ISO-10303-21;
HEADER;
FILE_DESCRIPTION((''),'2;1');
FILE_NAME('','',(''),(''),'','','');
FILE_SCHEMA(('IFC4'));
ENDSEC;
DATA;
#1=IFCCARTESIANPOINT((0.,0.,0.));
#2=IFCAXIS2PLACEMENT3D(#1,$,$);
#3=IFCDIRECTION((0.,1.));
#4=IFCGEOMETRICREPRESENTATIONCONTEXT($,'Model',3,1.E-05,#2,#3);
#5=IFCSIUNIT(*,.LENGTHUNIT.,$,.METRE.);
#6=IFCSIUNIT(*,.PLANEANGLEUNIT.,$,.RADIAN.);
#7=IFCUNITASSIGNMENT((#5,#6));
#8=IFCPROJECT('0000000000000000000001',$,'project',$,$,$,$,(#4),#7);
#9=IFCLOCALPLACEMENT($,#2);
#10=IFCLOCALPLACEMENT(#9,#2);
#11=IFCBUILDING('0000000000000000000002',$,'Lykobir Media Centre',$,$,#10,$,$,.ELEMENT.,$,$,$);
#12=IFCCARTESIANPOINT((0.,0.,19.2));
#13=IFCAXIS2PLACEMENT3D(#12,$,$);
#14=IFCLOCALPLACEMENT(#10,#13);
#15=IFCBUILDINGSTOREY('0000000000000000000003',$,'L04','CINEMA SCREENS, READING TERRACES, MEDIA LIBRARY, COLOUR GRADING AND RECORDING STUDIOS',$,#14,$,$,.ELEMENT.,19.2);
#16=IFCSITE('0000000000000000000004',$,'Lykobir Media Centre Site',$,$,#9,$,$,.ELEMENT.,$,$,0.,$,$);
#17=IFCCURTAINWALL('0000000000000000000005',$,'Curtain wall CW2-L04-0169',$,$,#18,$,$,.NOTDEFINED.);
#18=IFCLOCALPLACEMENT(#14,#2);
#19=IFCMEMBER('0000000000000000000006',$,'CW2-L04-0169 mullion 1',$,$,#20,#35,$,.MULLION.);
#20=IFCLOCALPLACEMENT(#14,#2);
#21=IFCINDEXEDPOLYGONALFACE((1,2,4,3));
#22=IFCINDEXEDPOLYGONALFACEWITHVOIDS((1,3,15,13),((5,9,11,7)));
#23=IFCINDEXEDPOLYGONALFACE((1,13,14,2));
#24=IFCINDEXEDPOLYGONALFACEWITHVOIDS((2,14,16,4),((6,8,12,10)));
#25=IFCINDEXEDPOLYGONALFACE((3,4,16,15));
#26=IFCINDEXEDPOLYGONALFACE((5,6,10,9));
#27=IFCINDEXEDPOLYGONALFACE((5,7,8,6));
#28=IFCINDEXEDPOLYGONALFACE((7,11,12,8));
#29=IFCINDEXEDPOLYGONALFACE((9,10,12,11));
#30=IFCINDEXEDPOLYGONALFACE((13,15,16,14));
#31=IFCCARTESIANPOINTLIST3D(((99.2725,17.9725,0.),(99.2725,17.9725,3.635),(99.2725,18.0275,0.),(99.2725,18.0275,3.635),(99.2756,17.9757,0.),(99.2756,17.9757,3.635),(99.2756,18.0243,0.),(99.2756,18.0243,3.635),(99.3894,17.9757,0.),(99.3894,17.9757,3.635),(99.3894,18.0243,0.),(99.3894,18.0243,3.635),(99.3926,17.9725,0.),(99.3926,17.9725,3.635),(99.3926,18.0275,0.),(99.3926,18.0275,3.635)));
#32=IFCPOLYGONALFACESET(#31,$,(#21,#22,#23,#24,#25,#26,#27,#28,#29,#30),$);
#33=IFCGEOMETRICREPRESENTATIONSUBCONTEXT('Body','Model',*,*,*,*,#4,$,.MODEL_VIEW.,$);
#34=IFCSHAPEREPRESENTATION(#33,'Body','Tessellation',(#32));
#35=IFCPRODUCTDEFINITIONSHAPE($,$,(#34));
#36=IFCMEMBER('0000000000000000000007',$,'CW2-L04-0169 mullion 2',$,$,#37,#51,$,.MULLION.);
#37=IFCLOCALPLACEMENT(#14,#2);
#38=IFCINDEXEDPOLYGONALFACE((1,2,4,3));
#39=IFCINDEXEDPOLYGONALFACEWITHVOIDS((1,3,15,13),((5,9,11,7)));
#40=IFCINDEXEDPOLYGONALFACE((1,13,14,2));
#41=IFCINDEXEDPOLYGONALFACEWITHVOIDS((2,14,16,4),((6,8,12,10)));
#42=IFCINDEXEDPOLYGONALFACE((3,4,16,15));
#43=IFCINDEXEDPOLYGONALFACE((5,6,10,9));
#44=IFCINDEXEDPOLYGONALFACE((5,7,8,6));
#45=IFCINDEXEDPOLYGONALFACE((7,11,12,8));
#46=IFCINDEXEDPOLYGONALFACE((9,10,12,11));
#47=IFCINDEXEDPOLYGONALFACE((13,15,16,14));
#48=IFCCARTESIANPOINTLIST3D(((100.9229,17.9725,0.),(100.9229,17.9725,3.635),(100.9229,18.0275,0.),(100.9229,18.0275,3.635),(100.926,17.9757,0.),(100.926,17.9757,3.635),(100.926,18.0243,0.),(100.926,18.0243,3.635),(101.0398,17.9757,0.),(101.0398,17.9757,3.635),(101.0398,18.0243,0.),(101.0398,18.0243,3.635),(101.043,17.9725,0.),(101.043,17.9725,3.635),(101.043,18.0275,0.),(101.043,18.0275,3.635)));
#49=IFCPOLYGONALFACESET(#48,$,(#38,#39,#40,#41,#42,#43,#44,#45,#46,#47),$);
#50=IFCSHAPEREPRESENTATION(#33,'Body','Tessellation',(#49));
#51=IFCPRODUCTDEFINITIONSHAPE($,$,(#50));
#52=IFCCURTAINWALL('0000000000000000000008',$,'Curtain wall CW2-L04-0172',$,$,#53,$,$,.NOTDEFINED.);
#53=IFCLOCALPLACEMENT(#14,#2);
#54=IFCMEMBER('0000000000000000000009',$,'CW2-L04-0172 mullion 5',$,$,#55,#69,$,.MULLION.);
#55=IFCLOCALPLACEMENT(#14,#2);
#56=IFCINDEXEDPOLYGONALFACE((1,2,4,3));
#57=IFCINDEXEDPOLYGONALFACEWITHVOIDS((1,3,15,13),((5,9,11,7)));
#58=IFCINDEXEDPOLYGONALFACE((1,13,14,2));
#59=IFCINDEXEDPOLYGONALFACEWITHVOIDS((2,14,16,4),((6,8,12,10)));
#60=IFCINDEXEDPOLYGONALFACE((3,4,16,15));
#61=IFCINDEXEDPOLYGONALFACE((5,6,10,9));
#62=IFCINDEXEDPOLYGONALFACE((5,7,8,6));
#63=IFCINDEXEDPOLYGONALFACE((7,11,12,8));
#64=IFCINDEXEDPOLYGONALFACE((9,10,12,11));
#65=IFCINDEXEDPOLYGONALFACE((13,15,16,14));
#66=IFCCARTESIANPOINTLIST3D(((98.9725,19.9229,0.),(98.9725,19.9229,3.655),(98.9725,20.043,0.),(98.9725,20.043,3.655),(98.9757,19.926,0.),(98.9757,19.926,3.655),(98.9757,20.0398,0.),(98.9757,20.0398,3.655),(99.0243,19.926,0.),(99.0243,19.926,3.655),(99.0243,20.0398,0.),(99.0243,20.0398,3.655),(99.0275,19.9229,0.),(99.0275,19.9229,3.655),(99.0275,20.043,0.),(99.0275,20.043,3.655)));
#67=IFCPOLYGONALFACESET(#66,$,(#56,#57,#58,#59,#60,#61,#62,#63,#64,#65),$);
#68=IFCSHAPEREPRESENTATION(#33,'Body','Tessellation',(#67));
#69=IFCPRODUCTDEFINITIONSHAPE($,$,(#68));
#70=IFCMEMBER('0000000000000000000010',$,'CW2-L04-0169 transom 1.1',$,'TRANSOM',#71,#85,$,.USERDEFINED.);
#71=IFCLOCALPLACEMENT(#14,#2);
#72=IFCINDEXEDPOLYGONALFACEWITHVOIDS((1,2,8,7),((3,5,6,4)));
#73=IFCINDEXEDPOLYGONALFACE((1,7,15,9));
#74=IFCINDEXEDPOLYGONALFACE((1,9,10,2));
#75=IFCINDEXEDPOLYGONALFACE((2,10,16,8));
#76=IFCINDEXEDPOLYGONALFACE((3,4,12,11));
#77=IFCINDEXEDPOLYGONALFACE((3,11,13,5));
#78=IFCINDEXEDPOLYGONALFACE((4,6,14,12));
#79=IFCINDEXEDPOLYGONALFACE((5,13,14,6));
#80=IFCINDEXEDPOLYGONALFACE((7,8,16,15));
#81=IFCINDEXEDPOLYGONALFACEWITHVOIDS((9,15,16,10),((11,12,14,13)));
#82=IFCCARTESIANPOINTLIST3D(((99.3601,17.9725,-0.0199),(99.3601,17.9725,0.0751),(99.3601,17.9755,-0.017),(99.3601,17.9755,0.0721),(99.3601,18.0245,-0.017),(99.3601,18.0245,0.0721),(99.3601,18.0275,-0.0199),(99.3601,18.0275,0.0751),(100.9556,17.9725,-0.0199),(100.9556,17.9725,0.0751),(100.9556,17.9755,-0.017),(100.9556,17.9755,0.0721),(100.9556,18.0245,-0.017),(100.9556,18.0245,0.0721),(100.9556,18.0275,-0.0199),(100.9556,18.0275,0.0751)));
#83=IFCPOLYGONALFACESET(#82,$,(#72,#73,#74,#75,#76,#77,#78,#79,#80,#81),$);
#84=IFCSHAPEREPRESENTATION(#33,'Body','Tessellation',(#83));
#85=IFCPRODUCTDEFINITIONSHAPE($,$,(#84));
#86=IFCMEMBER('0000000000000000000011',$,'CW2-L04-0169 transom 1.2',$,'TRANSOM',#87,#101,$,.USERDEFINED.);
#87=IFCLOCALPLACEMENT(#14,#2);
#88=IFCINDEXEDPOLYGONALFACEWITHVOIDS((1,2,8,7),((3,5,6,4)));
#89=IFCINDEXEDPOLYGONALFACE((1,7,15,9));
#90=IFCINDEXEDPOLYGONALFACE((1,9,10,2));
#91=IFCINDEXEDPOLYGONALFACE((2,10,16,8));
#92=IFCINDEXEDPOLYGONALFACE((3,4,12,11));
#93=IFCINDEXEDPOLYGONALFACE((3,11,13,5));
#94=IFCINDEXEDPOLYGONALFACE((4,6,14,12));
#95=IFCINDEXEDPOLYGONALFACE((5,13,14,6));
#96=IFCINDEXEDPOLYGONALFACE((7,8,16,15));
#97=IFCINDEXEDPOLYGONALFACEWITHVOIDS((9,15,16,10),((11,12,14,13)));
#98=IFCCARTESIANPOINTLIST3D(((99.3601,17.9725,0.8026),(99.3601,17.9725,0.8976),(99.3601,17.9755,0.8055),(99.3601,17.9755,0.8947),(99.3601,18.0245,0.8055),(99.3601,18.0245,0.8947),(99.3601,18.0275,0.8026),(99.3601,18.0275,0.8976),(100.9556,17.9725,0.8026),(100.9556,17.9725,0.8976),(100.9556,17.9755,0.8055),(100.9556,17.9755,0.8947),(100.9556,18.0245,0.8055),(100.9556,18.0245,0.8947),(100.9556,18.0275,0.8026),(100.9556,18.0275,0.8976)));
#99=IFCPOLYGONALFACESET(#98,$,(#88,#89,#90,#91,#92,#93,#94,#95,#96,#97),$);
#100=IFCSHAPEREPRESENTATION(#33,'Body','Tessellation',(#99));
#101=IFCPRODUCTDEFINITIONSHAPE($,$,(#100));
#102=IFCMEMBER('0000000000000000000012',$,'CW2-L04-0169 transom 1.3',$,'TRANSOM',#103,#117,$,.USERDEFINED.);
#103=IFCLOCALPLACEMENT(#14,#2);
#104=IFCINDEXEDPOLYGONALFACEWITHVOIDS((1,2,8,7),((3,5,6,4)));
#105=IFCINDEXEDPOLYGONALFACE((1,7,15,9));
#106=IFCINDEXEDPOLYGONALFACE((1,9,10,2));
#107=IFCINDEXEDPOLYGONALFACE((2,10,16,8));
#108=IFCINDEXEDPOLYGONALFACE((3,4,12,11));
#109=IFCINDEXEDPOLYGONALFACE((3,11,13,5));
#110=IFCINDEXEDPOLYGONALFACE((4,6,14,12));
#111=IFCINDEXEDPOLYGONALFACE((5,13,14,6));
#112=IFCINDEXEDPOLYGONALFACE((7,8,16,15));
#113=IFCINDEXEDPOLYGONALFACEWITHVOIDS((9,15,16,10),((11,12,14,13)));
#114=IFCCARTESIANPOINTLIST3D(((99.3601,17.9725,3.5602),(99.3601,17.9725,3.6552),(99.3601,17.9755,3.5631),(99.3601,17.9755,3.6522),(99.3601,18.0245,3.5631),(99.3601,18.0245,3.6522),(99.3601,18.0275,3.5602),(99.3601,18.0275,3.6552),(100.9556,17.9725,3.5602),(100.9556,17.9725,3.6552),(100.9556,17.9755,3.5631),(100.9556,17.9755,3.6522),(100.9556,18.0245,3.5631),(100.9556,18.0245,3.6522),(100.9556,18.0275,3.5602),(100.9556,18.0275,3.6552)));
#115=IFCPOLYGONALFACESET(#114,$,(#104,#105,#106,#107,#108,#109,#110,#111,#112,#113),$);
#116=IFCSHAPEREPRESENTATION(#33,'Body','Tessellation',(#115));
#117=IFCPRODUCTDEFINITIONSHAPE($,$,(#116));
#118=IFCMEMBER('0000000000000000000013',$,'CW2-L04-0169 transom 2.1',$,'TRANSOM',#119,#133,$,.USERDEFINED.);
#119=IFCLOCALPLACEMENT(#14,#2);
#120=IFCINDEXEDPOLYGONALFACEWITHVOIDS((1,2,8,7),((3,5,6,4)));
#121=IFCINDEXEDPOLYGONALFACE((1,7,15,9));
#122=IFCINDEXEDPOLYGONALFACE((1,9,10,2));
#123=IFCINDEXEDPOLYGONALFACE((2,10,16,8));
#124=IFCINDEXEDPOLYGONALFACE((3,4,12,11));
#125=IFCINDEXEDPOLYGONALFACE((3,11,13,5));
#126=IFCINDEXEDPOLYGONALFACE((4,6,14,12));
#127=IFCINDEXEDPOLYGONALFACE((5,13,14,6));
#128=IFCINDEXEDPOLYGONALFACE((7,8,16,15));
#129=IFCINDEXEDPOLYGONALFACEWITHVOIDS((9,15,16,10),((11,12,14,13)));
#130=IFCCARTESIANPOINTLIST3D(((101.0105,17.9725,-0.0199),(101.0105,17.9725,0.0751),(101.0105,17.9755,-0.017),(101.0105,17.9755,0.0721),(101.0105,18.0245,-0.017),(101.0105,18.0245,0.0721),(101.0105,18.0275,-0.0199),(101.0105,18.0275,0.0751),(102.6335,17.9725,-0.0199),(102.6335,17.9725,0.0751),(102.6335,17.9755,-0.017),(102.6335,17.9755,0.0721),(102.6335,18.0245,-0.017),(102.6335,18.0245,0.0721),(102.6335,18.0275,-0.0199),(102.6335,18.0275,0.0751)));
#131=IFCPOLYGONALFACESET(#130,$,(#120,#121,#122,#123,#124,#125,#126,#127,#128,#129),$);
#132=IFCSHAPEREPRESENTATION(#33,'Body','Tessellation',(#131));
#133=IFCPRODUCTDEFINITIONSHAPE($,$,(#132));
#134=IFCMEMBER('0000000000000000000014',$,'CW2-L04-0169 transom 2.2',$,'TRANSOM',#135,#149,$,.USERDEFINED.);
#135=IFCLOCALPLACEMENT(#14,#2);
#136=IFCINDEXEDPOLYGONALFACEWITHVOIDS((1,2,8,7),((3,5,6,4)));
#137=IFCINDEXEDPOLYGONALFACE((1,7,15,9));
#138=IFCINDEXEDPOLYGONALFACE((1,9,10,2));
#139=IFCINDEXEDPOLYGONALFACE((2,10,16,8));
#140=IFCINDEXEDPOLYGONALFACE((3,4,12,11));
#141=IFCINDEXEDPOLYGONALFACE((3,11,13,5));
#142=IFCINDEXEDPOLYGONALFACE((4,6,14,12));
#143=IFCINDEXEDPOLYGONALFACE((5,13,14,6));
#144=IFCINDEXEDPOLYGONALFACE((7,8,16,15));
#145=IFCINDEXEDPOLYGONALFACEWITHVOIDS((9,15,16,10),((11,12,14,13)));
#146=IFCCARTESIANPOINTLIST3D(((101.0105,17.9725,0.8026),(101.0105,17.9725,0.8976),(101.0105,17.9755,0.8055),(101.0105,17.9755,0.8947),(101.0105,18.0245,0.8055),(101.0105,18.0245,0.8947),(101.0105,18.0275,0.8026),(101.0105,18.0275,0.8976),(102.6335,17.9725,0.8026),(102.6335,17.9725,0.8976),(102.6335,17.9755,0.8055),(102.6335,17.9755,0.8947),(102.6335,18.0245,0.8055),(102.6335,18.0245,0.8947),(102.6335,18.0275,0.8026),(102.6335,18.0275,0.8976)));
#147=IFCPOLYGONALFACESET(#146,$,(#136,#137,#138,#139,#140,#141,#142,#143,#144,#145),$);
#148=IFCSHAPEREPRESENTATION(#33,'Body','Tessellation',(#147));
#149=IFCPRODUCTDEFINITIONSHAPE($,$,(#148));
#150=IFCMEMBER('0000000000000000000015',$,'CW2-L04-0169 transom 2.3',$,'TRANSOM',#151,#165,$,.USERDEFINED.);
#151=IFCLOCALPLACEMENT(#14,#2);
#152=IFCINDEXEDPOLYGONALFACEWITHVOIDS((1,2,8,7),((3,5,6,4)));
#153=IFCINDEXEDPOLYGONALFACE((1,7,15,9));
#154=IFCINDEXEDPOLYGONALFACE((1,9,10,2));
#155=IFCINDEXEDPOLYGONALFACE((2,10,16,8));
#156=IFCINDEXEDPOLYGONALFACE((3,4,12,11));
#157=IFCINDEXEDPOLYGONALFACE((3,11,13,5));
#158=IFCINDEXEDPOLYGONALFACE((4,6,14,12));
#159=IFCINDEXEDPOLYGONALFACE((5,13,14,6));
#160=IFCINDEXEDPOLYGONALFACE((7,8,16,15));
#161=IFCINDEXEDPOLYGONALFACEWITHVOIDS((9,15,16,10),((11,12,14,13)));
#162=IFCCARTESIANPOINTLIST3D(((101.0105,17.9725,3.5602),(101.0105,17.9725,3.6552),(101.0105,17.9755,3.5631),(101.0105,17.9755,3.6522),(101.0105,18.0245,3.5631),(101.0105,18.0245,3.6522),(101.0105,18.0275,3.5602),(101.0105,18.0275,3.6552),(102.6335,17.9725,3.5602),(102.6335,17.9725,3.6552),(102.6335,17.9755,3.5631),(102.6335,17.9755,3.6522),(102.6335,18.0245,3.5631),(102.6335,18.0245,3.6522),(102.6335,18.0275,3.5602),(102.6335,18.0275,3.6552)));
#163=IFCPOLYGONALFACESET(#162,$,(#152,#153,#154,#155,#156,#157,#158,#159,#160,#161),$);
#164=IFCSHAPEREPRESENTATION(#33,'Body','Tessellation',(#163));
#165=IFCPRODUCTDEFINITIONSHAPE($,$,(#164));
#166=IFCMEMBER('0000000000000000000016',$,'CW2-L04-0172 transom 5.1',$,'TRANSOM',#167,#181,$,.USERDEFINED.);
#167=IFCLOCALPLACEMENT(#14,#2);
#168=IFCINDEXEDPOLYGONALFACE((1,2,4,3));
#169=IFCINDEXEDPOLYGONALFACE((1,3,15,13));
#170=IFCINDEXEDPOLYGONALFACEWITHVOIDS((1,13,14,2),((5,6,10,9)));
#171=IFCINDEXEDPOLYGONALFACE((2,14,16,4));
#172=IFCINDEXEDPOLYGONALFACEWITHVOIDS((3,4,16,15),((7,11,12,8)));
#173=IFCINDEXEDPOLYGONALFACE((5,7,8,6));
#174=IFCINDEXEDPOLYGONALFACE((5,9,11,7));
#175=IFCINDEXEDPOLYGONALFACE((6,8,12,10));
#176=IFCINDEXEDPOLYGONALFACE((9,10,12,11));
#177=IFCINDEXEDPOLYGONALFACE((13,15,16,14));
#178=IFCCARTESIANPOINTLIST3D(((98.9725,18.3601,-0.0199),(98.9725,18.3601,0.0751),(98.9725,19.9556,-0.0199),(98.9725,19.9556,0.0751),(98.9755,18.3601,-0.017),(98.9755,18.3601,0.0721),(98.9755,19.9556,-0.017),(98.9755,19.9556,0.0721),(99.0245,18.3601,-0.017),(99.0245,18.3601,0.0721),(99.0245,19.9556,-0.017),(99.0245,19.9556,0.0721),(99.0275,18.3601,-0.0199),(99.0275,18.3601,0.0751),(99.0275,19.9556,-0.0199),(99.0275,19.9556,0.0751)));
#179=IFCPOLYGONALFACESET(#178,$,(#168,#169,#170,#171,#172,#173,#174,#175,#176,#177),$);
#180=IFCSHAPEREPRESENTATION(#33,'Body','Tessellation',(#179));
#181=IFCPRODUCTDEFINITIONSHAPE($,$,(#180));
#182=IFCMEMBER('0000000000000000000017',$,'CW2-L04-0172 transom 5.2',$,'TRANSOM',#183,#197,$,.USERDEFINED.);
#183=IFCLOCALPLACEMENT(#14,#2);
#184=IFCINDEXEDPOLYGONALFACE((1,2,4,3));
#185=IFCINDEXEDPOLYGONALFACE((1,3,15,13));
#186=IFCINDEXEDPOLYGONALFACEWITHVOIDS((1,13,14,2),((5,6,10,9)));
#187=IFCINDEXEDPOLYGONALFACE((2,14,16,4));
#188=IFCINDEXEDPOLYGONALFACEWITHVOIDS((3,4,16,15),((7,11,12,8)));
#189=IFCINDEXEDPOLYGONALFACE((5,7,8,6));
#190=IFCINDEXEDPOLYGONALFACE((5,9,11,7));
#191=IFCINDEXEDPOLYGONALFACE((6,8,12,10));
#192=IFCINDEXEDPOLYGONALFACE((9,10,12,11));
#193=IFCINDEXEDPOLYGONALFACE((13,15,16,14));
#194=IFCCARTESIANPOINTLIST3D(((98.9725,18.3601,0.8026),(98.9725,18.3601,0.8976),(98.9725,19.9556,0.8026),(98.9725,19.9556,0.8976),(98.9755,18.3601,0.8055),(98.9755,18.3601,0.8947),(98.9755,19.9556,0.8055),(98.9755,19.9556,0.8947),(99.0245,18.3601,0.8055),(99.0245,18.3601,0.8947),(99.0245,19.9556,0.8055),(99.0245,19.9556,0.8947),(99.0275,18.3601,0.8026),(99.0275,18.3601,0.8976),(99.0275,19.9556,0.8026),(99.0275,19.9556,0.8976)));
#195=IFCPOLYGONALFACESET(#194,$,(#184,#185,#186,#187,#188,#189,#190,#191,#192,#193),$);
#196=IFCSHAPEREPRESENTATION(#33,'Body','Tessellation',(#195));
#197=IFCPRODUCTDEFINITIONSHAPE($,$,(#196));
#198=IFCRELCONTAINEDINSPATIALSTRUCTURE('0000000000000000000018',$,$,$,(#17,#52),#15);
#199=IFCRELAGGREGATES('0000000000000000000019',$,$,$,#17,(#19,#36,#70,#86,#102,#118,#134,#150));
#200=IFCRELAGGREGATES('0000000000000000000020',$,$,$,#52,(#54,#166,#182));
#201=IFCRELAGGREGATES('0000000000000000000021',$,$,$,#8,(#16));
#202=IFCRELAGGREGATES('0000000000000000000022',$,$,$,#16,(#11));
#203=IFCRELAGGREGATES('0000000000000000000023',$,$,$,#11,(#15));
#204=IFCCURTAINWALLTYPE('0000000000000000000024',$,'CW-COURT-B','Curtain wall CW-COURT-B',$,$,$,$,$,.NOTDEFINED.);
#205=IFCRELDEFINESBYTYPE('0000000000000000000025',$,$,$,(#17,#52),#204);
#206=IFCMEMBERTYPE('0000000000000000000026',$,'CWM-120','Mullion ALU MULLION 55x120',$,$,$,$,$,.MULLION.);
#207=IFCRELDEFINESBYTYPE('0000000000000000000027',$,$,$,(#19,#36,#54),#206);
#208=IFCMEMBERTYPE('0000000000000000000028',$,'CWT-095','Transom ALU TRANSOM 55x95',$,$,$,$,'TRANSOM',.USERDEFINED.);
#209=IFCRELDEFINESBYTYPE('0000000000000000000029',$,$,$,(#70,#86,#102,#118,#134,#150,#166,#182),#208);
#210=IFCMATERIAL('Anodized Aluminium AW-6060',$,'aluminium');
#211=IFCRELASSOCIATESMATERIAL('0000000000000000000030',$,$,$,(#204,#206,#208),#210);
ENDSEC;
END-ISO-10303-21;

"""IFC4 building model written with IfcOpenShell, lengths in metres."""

from ifc_helpers import new_model, si_unit, direction, frame, origin, origin_2d, place, context, subcontext, project, spatial, hollow_rectangle, extrude, material, material_profile, profile_set, type_object, element, aggregate, save


model = new_model("IFC4")

# Units and contexts
model_context = context("Model", 3, precision=1e-05, world=origin(), true_north=direction((0.0, 1.0)))
body_context = subcontext(model_context, "Body", "Model", "MODEL_VIEW")
ifc_project = project(units=[si_unit("LENGTHUNIT", "METRE"), si_unit("PLANEANGLEUNIT", "RADIAN")], contexts=[model_context])

# Site, building, storey
site_placement = place(None, origin())
site = spatial("IfcSite", under=ifc_project, at=site_placement, Name="Lykobir Media Centre Site", CompositionType="ELEMENT", RefElevation=0.0)
building_placement = place(site_placement, origin())
building = spatial("IfcBuilding", under=site, at=building_placement, Name="Lykobir Media Centre", CompositionType="ELEMENT")
storey_placement = place(building_placement, frame((0.0, 0.0, 19.2)))
storey = spatial("IfcBuildingStorey", under=building, at=storey_placement, Name="L04", Description="CINEMA SCREENS, READING TERRACES, MEDIA LIBRARY, COLOUR GRADING AND RECORDING STUDIOS", CompositionType="ELEMENT", Elevation=19.2)

# Curtain wall, members
ifc_material_1 = material(Name="Anodized Aluminium AW-6060", Category="aluminium")
curtain_wall_type = type_object("IfcCurtainWallType", Name="CW-COURT-B", Description="Curtain wall CW-COURT-B", PredefinedType="NOTDEFINED", material=ifc_material_1)
curtain_wall_1_placement = place(storey_placement, origin())
curtain_wall_1 = element("IfcCurtainWall", 1, at=curtain_wall_1_placement, inside=storey, type_object=curtain_wall_type, Name="Curtain wall CW2-L04-0169", PredefinedType="NOTDEFINED")
ifc_material_profile_1 = material_profile(ifc_material_1, hollow_rectangle(XDim=0.0549, YDim=0.1201, WallThickness=0.0032, at=origin_2d()), Name="ALU MULLION 55x120")
ifc_profile_set_1 = profile_set([ifc_material_profile_1], Name="Anodized Aluminium AW-6060")
member_type_1 = type_object("IfcMemberType", Name="CWM-120", Description="Mullion ALU MULLION 55x120", PredefinedType="MULLION", material=ifc_profile_set_1)
member_1_placement = place(storey_placement, frame((99.3325, 18.0, 0.0), z_axis=(0.0, 0.0, 1.0), x_axis=(0.0, 1.0, 0.0)))
member_1 = element("IfcMember", 2, at=member_1_placement, type_object=member_type_1, Name="CW2-L04-0169 mullion 1", PredefinedType="MULLION", context=body_context, shape_type="SweptSolid", body=[
    extrude(hollow_rectangle(XDim=0.0549, YDim=0.1201, WallThickness=0.0032, at=origin_2d()), origin(), (0.0, 0.0, 1.0), 3.635),
])
member_2_placement = place(storey_placement, frame((100.9829, 18.0, 0.0), z_axis=(0.0, 0.0, 1.0), x_axis=(0.0, 1.0, 0.0)))
member_2 = element("IfcMember", 3, at=member_2_placement, type_object=member_type_1, Name="CW2-L04-0169 mullion 2", PredefinedType="MULLION", context=body_context, shape_type="SweptSolid", body=[
    extrude(hollow_rectangle(XDim=0.0549, YDim=0.1201, WallThickness=0.0032, at=origin_2d()), origin(), (0.0, 0.0, 1.0), 3.635),
])

# Curtain wall, member
curtain_wall_2_placement = place(storey_placement, origin())
curtain_wall_2 = element("IfcCurtainWall", 4, at=curtain_wall_2_placement, inside=storey, type_object=curtain_wall_type, Name="Curtain wall CW2-L04-0172", PredefinedType="NOTDEFINED")
member_3_placement = place(storey_placement, frame((99.0, 19.9829, 0.0), z_axis=(0.0, 0.0, 1.0), x_axis=(1.0, 0.0, 0.0)))
member_3 = element("IfcMember", 5, at=member_3_placement, type_object=member_type_1, Name="CW2-L04-0172 mullion 5", PredefinedType="MULLION", context=body_context, shape_type="SweptSolid", body=[
    extrude(hollow_rectangle(XDim=0.0549, YDim=0.1201, WallThickness=0.0032, at=origin_2d()), origin(), (0.0, 0.0, 1.0), 3.655),
])

# Members
ifc_material_profile_2 = material_profile(ifc_material_1, hollow_rectangle(XDim=0.0549, YDim=0.095, WallThickness=0.0029, at=origin_2d()), Name="ALU TRANSOM 55x95")
ifc_profile_set_2 = profile_set([ifc_material_profile_2], Name="Anodized Aluminium AW-6060")
member_type_2 = type_object("IfcMemberType", Name="CWT-095", Description="Transom ALU TRANSOM 55x95", ElementType="TRANSOM", PredefinedType="USERDEFINED", material=ifc_profile_set_2)
member_4_placement = place(storey_placement, frame((99.3601, 18.0, 0.0276), z_axis=(1.0, 0.0, 0.0), x_axis=(0.0, 1.0, 0.0)))
member_4 = element("IfcMember", 6, at=member_4_placement, type_object=member_type_2, Name="CW2-L04-0169 transom 1.1", ObjectType="TRANSOM", PredefinedType="USERDEFINED", context=body_context, shape_type="SweptSolid", body=[
    extrude(hollow_rectangle(XDim=0.0549, YDim=0.095, WallThickness=0.0029, at=origin_2d()), origin(), (0.0, 0.0, 1.0), 1.5955),
])
member_5_placement = place(storey_placement, frame((99.3601, 18.0, 0.8501), z_axis=(1.0, 0.0, 0.0), x_axis=(0.0, 1.0, 0.0)))
member_5 = element("IfcMember", 7, at=member_5_placement, type_object=member_type_2, Name="CW2-L04-0169 transom 1.2", ObjectType="TRANSOM", PredefinedType="USERDEFINED", context=body_context, shape_type="SweptSolid", body=[
    extrude(hollow_rectangle(XDim=0.0549, YDim=0.095, WallThickness=0.0029, at=origin_2d()), origin(), (0.0, 0.0, 1.0), 1.5955),
])
member_6_placement = place(storey_placement, frame((99.3601, 18.0, 3.6077), z_axis=(1.0, 0.0, 0.0), x_axis=(0.0, 1.0, 0.0)))
member_6 = element("IfcMember", 8, at=member_6_placement, type_object=member_type_2, Name="CW2-L04-0169 transom 1.3", ObjectType="TRANSOM", PredefinedType="USERDEFINED", context=body_context, shape_type="SweptSolid", body=[
    extrude(hollow_rectangle(XDim=0.0549, YDim=0.095, WallThickness=0.0029, at=origin_2d()), origin(), (0.0, 0.0, 1.0), 1.5955),
])
member_7_placement = place(storey_placement, frame((101.0105, 18.0, 0.0276), z_axis=(1.0, 0.0, 0.0), x_axis=(0.0, 1.0, 0.0)))
member_7 = element("IfcMember", 9, at=member_7_placement, type_object=member_type_2, Name="CW2-L04-0169 transom 2.1", ObjectType="TRANSOM", PredefinedType="USERDEFINED", context=body_context, shape_type="SweptSolid", body=[
    extrude(hollow_rectangle(XDim=0.0549, YDim=0.095, WallThickness=0.0029, at=origin_2d()), origin(), (0.0, 0.0, 1.0), 1.623),
])
member_8_placement = place(storey_placement, frame((101.0105, 18.0, 0.8501), z_axis=(1.0, 0.0, 0.0), x_axis=(0.0, 1.0, 0.0)))
member_8 = element("IfcMember", 10, at=member_8_placement, type_object=member_type_2, Name="CW2-L04-0169 transom 2.2", ObjectType="TRANSOM", PredefinedType="USERDEFINED", context=body_context, shape_type="SweptSolid", body=[
    extrude(hollow_rectangle(XDim=0.0549, YDim=0.095, WallThickness=0.0029, at=origin_2d()), origin(), (0.0, 0.0, 1.0), 1.623),
])
member_9_placement = place(storey_placement, frame((101.0105, 18.0, 3.6077), z_axis=(1.0, 0.0, 0.0), x_axis=(0.0, 1.0, 0.0)))
member_9 = element("IfcMember", 11, at=member_9_placement, type_object=member_type_2, Name="CW2-L04-0169 transom 2.3", ObjectType="TRANSOM", PredefinedType="USERDEFINED", context=body_context, shape_type="SweptSolid", body=[
    extrude(hollow_rectangle(XDim=0.0549, YDim=0.095, WallThickness=0.0029, at=origin_2d()), origin(), (0.0, 0.0, 1.0), 1.623),
])
member_10_placement = place(storey_placement, frame((99.0, 19.9556, 0.0276), z_axis=(0.0, -1.0, 0.0), x_axis=(1.0, 0.0, 0.0)))
member_10 = element("IfcMember", 12, at=member_10_placement, type_object=member_type_2, Name="CW2-L04-0172 transom 5.1", ObjectType="TRANSOM", PredefinedType="USERDEFINED", context=body_context, shape_type="SweptSolid", body=[
    extrude(hollow_rectangle(XDim=0.0549, YDim=0.095, WallThickness=0.0029, at=origin_2d()), origin(), (0.0, 0.0, 1.0), 1.5955),
])
member_11_placement = place(storey_placement, frame((99.0, 19.9556, 0.8501), z_axis=(0.0, -1.0, 0.0), x_axis=(1.0, 0.0, 0.0)))
member_11 = element("IfcMember", 13, at=member_11_placement, type_object=member_type_2, Name="CW2-L04-0172 transom 5.2", ObjectType="TRANSOM", PredefinedType="USERDEFINED", context=body_context, shape_type="SweptSolid", body=[
    extrude(hollow_rectangle(XDim=0.0549, YDim=0.095, WallThickness=0.0029, at=origin_2d()), origin(), (0.0, 0.0, 1.0), 1.5955),
])

aggregate(curtain_wall_1, [member_1, member_2, member_4, member_5, member_6, member_7, member_8, member_9])
aggregate(curtain_wall_2, [member_3, member_10, member_11])

save(model, "model.ifc")
